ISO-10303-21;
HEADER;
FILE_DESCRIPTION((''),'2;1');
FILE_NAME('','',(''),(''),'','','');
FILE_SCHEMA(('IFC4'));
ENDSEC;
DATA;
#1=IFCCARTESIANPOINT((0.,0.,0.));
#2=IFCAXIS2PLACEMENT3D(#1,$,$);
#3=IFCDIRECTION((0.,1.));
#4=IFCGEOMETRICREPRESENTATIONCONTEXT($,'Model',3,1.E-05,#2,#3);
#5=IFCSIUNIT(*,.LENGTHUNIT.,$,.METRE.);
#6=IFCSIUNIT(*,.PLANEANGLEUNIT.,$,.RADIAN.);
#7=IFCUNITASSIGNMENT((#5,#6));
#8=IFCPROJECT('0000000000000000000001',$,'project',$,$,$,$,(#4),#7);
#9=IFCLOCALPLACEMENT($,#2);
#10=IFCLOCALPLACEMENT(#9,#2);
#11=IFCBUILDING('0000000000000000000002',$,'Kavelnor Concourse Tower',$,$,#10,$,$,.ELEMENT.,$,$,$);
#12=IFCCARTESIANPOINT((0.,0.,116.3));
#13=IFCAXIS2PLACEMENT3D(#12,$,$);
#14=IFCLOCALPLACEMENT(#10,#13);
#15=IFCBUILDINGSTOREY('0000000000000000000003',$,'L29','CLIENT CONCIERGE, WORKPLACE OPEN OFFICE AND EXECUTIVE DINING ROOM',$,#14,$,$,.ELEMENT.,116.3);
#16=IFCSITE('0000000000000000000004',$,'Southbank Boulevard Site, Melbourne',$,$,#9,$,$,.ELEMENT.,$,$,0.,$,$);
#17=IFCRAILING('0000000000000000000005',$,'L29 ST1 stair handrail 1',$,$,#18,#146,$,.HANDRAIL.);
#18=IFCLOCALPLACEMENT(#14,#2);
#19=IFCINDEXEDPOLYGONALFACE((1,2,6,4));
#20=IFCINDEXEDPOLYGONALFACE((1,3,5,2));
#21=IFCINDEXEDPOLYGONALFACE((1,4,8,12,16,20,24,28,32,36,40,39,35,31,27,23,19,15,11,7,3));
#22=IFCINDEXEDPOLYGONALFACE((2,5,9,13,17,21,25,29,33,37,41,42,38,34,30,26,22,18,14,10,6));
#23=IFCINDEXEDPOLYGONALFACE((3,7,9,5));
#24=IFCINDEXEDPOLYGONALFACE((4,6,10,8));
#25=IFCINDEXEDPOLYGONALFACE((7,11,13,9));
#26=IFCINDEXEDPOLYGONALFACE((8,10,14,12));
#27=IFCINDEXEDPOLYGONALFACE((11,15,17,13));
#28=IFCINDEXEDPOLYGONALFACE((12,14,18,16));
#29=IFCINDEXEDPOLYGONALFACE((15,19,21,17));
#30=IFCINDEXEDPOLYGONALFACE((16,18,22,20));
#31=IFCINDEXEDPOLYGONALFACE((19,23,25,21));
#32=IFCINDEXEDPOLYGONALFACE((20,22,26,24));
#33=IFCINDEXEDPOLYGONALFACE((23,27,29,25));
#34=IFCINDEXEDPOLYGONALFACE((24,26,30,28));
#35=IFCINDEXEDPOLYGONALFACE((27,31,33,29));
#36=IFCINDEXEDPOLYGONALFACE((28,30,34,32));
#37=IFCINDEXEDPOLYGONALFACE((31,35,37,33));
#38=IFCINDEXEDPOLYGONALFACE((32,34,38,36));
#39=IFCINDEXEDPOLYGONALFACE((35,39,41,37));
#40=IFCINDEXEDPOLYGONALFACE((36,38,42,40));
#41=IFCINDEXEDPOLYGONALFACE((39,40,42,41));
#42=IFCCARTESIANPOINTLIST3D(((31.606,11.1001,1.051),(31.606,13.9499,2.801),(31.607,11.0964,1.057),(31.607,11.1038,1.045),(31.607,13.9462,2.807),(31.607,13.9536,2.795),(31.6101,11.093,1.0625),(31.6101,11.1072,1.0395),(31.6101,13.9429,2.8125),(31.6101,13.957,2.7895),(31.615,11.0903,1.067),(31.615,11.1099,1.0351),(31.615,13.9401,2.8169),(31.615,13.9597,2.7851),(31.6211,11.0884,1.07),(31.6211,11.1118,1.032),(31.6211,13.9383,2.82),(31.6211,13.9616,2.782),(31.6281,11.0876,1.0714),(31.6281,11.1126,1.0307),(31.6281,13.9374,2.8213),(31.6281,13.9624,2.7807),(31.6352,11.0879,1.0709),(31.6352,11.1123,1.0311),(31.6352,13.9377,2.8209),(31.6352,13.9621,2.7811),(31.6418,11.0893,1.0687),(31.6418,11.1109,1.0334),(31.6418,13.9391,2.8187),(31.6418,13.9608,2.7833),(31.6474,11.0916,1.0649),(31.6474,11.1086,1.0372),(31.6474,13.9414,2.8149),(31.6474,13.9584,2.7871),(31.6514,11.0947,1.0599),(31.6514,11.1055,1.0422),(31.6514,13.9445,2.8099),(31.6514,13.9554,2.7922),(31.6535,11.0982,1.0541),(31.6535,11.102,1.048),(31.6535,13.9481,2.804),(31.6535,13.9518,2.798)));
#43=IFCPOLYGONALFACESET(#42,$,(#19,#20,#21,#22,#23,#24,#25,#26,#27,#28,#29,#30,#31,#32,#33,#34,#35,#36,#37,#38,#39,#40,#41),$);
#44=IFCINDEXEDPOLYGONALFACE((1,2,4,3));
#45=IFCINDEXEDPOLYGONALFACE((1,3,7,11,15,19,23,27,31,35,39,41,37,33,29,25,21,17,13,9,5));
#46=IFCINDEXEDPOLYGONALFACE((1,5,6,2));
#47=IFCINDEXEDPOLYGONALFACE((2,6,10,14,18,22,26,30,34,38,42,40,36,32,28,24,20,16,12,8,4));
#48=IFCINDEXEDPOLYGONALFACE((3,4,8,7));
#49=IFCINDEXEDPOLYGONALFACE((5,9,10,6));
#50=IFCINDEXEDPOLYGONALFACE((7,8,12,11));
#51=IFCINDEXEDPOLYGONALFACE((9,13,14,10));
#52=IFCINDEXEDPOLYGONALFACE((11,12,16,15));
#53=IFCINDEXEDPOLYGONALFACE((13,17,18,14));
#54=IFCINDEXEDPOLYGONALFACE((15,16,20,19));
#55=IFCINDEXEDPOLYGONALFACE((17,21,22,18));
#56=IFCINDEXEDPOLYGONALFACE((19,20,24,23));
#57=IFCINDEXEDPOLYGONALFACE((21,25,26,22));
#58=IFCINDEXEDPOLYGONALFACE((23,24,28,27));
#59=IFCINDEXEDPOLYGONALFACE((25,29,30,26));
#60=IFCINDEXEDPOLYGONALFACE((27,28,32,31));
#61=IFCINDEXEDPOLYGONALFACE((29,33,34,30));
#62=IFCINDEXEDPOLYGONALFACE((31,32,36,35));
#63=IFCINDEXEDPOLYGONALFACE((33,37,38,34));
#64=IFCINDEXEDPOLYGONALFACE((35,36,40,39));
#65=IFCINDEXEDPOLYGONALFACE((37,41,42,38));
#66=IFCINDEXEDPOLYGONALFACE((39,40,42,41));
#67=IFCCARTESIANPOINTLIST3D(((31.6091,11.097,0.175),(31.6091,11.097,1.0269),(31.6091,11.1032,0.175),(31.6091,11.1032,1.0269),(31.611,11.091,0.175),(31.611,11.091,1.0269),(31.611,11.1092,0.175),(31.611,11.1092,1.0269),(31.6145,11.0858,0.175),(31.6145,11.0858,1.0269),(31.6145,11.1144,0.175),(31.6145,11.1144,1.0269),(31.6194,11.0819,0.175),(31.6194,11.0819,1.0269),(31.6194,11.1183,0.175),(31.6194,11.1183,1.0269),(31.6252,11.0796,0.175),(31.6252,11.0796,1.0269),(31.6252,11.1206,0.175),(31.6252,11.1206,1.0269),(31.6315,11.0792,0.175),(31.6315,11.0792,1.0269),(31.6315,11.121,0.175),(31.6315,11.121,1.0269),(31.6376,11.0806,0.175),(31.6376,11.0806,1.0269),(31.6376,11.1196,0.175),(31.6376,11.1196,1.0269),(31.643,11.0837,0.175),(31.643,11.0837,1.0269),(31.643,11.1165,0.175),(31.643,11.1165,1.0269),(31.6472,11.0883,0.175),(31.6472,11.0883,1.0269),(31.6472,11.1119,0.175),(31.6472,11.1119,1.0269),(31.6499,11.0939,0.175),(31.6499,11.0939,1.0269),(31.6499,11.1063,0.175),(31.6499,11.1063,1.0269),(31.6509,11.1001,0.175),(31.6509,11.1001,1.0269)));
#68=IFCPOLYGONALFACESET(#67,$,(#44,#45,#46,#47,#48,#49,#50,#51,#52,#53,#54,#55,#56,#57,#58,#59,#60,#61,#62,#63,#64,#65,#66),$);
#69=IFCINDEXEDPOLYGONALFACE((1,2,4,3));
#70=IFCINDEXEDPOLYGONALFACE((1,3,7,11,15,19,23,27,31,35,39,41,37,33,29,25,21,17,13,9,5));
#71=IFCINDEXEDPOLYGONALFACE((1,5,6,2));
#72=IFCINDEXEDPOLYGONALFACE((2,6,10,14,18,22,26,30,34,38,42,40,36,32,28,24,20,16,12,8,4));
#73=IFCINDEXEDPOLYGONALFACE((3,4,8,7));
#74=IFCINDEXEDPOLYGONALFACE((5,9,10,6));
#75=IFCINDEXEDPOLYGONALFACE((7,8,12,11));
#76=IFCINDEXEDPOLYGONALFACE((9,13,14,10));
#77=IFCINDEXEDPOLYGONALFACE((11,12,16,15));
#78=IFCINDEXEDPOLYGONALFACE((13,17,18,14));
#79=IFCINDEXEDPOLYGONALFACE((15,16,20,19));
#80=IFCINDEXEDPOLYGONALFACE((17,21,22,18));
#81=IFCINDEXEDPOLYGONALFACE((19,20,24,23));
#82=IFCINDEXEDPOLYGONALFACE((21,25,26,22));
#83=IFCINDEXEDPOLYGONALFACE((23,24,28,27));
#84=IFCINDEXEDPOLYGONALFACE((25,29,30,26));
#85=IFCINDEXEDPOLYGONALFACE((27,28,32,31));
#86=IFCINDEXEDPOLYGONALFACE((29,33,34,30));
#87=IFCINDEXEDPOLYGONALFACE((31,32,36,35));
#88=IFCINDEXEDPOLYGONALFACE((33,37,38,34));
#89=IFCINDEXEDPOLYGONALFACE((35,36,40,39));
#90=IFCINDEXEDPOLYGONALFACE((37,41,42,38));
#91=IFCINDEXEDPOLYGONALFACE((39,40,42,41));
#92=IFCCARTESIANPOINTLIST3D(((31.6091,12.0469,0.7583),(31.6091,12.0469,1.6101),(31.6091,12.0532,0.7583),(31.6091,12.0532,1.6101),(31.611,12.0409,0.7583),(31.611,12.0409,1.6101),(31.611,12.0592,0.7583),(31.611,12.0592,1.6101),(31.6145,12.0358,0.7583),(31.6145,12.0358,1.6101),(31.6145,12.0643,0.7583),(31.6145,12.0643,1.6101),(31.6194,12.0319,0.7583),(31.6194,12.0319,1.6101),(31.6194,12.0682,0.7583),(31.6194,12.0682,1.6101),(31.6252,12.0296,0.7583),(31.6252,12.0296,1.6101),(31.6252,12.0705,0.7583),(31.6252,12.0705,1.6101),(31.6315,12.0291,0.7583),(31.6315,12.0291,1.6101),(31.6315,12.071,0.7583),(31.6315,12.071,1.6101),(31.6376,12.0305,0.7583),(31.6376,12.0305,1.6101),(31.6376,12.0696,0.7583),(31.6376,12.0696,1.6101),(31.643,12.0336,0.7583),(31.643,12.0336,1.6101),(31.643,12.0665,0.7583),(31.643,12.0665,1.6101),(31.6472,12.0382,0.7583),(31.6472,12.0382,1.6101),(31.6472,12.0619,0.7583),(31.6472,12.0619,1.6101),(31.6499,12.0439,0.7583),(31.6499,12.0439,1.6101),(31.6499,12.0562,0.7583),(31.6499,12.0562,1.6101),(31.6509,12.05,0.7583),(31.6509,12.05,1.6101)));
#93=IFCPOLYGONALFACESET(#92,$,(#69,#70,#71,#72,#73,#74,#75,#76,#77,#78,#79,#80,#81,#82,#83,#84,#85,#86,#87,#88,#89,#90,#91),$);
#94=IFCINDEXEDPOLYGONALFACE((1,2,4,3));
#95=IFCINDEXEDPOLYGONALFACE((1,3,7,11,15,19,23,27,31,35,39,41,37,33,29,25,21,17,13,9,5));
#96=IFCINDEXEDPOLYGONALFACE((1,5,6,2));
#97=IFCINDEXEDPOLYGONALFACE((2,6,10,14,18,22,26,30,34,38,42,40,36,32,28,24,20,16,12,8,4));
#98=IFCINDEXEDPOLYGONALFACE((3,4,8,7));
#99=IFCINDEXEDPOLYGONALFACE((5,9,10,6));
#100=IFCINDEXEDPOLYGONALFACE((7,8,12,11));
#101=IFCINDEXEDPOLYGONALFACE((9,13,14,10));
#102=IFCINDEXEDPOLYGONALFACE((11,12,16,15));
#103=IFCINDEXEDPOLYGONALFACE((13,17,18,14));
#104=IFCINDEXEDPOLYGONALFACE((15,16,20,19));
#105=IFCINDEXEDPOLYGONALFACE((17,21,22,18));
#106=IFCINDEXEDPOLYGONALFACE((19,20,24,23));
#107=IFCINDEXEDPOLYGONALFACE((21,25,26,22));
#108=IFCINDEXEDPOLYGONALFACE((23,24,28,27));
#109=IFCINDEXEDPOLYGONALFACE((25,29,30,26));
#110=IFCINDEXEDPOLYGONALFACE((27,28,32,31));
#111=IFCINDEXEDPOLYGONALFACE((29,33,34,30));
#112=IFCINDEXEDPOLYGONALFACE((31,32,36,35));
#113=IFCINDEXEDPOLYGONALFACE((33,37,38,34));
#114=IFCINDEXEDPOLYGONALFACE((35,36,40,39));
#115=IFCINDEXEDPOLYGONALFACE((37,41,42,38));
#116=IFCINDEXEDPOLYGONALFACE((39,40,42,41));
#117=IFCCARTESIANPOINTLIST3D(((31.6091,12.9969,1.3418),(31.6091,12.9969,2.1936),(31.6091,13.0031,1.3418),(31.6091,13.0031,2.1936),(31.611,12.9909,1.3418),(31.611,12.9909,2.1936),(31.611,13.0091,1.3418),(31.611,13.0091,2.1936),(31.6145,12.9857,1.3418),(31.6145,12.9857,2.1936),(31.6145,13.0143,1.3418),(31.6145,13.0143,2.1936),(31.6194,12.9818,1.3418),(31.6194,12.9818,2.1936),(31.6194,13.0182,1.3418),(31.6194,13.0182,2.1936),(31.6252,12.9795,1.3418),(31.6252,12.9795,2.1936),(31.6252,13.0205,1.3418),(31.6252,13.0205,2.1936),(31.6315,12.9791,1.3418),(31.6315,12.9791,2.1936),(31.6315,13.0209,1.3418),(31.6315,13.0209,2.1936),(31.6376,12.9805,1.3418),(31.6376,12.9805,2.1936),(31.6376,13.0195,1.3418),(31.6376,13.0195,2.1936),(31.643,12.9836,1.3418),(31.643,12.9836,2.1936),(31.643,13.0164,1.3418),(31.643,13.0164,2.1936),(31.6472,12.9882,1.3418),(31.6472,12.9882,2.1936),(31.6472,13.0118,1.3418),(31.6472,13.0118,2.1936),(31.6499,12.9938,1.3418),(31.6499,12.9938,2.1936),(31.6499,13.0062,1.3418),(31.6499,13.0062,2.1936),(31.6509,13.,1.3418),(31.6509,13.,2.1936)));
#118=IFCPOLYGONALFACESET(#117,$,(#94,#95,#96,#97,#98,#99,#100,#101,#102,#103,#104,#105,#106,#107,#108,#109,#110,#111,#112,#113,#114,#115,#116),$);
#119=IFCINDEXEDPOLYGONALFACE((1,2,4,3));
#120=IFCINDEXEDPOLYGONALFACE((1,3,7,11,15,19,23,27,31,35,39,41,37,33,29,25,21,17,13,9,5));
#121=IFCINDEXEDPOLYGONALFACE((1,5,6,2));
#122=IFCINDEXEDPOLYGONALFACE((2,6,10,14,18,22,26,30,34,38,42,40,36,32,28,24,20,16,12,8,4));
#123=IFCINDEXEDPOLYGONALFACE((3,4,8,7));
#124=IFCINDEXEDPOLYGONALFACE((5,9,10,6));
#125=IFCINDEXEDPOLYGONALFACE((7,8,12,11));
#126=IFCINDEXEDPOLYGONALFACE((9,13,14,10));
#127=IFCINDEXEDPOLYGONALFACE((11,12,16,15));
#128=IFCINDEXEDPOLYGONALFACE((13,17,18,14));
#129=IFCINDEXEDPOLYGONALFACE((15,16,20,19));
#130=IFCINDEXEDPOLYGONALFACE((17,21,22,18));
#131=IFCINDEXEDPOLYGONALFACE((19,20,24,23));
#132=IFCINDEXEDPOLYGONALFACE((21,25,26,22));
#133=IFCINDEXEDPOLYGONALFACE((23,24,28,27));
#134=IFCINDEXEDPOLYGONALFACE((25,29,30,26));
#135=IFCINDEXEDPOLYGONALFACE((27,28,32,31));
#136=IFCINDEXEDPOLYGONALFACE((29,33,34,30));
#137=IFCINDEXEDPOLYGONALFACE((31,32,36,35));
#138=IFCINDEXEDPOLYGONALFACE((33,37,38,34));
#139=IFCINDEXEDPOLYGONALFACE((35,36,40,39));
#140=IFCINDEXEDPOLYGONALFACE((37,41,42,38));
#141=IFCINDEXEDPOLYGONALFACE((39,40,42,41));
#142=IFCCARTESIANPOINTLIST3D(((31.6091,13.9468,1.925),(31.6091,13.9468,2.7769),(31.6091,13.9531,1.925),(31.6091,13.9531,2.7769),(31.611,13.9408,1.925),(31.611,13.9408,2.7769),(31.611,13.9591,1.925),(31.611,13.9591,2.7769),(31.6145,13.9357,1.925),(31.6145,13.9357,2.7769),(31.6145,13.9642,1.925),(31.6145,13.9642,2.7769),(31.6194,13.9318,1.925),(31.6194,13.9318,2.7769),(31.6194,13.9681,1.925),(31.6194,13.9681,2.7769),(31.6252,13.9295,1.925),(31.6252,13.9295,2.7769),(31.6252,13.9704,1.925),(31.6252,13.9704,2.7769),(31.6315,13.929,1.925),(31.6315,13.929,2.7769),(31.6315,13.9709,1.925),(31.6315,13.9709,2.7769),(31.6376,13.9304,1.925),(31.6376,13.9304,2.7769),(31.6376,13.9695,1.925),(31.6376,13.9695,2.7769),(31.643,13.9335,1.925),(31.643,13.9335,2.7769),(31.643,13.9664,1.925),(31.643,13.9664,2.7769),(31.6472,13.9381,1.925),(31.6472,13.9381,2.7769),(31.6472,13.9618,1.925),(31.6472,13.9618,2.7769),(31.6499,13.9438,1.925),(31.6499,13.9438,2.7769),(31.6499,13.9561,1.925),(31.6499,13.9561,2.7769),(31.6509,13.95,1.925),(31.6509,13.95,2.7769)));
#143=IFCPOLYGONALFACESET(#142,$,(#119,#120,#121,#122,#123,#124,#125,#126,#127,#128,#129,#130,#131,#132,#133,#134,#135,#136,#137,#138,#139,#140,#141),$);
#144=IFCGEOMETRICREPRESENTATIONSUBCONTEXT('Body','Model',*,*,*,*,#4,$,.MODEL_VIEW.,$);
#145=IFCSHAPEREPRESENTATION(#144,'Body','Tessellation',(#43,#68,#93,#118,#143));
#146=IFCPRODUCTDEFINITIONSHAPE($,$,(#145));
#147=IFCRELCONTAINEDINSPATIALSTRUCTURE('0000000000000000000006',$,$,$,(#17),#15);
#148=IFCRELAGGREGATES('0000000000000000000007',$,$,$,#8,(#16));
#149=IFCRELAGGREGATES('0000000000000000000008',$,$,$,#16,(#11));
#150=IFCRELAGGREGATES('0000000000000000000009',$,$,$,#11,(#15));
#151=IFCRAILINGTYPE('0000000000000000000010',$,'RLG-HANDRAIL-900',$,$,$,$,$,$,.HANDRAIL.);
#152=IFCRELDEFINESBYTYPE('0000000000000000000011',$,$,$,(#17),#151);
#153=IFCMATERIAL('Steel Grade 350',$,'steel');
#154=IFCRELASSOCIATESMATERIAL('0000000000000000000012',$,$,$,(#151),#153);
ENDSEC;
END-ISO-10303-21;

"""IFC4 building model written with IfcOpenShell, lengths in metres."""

from ifc_helpers import new_model, si_unit, direction, frame, origin, origin_2d, place, context, subcontext, project, spatial, circle, extrude, material, type_object, element, save


model = new_model("IFC4")

# Units and contexts
model_context = context("Model", 3, precision=1e-05, world=origin(), true_north=direction((0.0, 1.0)))
body_context = subcontext(model_context, "Body", "Model", "MODEL_VIEW")
ifc_project = project(units=[si_unit("LENGTHUNIT", "METRE"), si_unit("PLANEANGLEUNIT", "RADIAN")], contexts=[model_context])

# Site, building, storey
site_placement = place(None, origin())
site = spatial("IfcSite", under=ifc_project, at=site_placement, Name="Southbank Boulevard Site, Melbourne", CompositionType="ELEMENT", RefElevation=0.0)
building_placement = place(site_placement, origin())
building = spatial("IfcBuilding", under=site, at=building_placement, Name="Kavelnor Concourse Tower", CompositionType="ELEMENT")
storey_placement = place(building_placement, frame((0.0, 0.0, 116.3)))
storey = spatial("IfcBuildingStorey", under=building, at=storey_placement, Name="L29", Description="CLIENT CONCIERGE, WORKPLACE OPEN OFFICE AND EXECUTIVE DINING ROOM", CompositionType="ELEMENT", Elevation=116.3)

# Shared definitions
ifc_material_1 = material(Name="Steel Grade 350", Category="steel")

# Railing
railing_type_1 = type_object("IfcRailingType", Name="RLG-HANDRAIL-900", PredefinedType="HANDRAIL", material=ifc_material_1)
railing_1_placement = place(storey_placement, frame((31.6299, 11.1001, 0.175)))
element("IfcRailing", 1, at=railing_1_placement, inside=storey, type_object=railing_type_1, Name="L29 ST1 stair handrail 1", PredefinedType="HANDRAIL", context=body_context, shape_type="SweptSolid", body=[
    extrude(circle(Radius=0.0239, at=origin_2d()), frame((0.0, 0.0, 0.876), z_axis=(0.0, 0.852159, 0.523283), x_axis=(-1.0, 0.0, 0.0)), (0.0, 0.0, 1.0), 3.3442),
    extrude(circle(Radius=0.021, at=origin_2d()), origin(), (0.0, 0.0, 1.0), 0.8518),
    extrude(circle(Radius=0.021, at=origin_2d()), frame((0.0, 0.95, 0.5833)), (0.0, 0.0, 1.0), 0.8518),
    extrude(circle(Radius=0.021, at=origin_2d()), frame((0.0, 1.8999, 1.1667)), (0.0, 0.0, 1.0), 0.8518),
    extrude(circle(Radius=0.021, at=origin_2d()), frame((0.0, 2.8499, 1.75)), (0.0, 0.0, 1.0), 0.8518),
])

save(model, "model.ifc")
